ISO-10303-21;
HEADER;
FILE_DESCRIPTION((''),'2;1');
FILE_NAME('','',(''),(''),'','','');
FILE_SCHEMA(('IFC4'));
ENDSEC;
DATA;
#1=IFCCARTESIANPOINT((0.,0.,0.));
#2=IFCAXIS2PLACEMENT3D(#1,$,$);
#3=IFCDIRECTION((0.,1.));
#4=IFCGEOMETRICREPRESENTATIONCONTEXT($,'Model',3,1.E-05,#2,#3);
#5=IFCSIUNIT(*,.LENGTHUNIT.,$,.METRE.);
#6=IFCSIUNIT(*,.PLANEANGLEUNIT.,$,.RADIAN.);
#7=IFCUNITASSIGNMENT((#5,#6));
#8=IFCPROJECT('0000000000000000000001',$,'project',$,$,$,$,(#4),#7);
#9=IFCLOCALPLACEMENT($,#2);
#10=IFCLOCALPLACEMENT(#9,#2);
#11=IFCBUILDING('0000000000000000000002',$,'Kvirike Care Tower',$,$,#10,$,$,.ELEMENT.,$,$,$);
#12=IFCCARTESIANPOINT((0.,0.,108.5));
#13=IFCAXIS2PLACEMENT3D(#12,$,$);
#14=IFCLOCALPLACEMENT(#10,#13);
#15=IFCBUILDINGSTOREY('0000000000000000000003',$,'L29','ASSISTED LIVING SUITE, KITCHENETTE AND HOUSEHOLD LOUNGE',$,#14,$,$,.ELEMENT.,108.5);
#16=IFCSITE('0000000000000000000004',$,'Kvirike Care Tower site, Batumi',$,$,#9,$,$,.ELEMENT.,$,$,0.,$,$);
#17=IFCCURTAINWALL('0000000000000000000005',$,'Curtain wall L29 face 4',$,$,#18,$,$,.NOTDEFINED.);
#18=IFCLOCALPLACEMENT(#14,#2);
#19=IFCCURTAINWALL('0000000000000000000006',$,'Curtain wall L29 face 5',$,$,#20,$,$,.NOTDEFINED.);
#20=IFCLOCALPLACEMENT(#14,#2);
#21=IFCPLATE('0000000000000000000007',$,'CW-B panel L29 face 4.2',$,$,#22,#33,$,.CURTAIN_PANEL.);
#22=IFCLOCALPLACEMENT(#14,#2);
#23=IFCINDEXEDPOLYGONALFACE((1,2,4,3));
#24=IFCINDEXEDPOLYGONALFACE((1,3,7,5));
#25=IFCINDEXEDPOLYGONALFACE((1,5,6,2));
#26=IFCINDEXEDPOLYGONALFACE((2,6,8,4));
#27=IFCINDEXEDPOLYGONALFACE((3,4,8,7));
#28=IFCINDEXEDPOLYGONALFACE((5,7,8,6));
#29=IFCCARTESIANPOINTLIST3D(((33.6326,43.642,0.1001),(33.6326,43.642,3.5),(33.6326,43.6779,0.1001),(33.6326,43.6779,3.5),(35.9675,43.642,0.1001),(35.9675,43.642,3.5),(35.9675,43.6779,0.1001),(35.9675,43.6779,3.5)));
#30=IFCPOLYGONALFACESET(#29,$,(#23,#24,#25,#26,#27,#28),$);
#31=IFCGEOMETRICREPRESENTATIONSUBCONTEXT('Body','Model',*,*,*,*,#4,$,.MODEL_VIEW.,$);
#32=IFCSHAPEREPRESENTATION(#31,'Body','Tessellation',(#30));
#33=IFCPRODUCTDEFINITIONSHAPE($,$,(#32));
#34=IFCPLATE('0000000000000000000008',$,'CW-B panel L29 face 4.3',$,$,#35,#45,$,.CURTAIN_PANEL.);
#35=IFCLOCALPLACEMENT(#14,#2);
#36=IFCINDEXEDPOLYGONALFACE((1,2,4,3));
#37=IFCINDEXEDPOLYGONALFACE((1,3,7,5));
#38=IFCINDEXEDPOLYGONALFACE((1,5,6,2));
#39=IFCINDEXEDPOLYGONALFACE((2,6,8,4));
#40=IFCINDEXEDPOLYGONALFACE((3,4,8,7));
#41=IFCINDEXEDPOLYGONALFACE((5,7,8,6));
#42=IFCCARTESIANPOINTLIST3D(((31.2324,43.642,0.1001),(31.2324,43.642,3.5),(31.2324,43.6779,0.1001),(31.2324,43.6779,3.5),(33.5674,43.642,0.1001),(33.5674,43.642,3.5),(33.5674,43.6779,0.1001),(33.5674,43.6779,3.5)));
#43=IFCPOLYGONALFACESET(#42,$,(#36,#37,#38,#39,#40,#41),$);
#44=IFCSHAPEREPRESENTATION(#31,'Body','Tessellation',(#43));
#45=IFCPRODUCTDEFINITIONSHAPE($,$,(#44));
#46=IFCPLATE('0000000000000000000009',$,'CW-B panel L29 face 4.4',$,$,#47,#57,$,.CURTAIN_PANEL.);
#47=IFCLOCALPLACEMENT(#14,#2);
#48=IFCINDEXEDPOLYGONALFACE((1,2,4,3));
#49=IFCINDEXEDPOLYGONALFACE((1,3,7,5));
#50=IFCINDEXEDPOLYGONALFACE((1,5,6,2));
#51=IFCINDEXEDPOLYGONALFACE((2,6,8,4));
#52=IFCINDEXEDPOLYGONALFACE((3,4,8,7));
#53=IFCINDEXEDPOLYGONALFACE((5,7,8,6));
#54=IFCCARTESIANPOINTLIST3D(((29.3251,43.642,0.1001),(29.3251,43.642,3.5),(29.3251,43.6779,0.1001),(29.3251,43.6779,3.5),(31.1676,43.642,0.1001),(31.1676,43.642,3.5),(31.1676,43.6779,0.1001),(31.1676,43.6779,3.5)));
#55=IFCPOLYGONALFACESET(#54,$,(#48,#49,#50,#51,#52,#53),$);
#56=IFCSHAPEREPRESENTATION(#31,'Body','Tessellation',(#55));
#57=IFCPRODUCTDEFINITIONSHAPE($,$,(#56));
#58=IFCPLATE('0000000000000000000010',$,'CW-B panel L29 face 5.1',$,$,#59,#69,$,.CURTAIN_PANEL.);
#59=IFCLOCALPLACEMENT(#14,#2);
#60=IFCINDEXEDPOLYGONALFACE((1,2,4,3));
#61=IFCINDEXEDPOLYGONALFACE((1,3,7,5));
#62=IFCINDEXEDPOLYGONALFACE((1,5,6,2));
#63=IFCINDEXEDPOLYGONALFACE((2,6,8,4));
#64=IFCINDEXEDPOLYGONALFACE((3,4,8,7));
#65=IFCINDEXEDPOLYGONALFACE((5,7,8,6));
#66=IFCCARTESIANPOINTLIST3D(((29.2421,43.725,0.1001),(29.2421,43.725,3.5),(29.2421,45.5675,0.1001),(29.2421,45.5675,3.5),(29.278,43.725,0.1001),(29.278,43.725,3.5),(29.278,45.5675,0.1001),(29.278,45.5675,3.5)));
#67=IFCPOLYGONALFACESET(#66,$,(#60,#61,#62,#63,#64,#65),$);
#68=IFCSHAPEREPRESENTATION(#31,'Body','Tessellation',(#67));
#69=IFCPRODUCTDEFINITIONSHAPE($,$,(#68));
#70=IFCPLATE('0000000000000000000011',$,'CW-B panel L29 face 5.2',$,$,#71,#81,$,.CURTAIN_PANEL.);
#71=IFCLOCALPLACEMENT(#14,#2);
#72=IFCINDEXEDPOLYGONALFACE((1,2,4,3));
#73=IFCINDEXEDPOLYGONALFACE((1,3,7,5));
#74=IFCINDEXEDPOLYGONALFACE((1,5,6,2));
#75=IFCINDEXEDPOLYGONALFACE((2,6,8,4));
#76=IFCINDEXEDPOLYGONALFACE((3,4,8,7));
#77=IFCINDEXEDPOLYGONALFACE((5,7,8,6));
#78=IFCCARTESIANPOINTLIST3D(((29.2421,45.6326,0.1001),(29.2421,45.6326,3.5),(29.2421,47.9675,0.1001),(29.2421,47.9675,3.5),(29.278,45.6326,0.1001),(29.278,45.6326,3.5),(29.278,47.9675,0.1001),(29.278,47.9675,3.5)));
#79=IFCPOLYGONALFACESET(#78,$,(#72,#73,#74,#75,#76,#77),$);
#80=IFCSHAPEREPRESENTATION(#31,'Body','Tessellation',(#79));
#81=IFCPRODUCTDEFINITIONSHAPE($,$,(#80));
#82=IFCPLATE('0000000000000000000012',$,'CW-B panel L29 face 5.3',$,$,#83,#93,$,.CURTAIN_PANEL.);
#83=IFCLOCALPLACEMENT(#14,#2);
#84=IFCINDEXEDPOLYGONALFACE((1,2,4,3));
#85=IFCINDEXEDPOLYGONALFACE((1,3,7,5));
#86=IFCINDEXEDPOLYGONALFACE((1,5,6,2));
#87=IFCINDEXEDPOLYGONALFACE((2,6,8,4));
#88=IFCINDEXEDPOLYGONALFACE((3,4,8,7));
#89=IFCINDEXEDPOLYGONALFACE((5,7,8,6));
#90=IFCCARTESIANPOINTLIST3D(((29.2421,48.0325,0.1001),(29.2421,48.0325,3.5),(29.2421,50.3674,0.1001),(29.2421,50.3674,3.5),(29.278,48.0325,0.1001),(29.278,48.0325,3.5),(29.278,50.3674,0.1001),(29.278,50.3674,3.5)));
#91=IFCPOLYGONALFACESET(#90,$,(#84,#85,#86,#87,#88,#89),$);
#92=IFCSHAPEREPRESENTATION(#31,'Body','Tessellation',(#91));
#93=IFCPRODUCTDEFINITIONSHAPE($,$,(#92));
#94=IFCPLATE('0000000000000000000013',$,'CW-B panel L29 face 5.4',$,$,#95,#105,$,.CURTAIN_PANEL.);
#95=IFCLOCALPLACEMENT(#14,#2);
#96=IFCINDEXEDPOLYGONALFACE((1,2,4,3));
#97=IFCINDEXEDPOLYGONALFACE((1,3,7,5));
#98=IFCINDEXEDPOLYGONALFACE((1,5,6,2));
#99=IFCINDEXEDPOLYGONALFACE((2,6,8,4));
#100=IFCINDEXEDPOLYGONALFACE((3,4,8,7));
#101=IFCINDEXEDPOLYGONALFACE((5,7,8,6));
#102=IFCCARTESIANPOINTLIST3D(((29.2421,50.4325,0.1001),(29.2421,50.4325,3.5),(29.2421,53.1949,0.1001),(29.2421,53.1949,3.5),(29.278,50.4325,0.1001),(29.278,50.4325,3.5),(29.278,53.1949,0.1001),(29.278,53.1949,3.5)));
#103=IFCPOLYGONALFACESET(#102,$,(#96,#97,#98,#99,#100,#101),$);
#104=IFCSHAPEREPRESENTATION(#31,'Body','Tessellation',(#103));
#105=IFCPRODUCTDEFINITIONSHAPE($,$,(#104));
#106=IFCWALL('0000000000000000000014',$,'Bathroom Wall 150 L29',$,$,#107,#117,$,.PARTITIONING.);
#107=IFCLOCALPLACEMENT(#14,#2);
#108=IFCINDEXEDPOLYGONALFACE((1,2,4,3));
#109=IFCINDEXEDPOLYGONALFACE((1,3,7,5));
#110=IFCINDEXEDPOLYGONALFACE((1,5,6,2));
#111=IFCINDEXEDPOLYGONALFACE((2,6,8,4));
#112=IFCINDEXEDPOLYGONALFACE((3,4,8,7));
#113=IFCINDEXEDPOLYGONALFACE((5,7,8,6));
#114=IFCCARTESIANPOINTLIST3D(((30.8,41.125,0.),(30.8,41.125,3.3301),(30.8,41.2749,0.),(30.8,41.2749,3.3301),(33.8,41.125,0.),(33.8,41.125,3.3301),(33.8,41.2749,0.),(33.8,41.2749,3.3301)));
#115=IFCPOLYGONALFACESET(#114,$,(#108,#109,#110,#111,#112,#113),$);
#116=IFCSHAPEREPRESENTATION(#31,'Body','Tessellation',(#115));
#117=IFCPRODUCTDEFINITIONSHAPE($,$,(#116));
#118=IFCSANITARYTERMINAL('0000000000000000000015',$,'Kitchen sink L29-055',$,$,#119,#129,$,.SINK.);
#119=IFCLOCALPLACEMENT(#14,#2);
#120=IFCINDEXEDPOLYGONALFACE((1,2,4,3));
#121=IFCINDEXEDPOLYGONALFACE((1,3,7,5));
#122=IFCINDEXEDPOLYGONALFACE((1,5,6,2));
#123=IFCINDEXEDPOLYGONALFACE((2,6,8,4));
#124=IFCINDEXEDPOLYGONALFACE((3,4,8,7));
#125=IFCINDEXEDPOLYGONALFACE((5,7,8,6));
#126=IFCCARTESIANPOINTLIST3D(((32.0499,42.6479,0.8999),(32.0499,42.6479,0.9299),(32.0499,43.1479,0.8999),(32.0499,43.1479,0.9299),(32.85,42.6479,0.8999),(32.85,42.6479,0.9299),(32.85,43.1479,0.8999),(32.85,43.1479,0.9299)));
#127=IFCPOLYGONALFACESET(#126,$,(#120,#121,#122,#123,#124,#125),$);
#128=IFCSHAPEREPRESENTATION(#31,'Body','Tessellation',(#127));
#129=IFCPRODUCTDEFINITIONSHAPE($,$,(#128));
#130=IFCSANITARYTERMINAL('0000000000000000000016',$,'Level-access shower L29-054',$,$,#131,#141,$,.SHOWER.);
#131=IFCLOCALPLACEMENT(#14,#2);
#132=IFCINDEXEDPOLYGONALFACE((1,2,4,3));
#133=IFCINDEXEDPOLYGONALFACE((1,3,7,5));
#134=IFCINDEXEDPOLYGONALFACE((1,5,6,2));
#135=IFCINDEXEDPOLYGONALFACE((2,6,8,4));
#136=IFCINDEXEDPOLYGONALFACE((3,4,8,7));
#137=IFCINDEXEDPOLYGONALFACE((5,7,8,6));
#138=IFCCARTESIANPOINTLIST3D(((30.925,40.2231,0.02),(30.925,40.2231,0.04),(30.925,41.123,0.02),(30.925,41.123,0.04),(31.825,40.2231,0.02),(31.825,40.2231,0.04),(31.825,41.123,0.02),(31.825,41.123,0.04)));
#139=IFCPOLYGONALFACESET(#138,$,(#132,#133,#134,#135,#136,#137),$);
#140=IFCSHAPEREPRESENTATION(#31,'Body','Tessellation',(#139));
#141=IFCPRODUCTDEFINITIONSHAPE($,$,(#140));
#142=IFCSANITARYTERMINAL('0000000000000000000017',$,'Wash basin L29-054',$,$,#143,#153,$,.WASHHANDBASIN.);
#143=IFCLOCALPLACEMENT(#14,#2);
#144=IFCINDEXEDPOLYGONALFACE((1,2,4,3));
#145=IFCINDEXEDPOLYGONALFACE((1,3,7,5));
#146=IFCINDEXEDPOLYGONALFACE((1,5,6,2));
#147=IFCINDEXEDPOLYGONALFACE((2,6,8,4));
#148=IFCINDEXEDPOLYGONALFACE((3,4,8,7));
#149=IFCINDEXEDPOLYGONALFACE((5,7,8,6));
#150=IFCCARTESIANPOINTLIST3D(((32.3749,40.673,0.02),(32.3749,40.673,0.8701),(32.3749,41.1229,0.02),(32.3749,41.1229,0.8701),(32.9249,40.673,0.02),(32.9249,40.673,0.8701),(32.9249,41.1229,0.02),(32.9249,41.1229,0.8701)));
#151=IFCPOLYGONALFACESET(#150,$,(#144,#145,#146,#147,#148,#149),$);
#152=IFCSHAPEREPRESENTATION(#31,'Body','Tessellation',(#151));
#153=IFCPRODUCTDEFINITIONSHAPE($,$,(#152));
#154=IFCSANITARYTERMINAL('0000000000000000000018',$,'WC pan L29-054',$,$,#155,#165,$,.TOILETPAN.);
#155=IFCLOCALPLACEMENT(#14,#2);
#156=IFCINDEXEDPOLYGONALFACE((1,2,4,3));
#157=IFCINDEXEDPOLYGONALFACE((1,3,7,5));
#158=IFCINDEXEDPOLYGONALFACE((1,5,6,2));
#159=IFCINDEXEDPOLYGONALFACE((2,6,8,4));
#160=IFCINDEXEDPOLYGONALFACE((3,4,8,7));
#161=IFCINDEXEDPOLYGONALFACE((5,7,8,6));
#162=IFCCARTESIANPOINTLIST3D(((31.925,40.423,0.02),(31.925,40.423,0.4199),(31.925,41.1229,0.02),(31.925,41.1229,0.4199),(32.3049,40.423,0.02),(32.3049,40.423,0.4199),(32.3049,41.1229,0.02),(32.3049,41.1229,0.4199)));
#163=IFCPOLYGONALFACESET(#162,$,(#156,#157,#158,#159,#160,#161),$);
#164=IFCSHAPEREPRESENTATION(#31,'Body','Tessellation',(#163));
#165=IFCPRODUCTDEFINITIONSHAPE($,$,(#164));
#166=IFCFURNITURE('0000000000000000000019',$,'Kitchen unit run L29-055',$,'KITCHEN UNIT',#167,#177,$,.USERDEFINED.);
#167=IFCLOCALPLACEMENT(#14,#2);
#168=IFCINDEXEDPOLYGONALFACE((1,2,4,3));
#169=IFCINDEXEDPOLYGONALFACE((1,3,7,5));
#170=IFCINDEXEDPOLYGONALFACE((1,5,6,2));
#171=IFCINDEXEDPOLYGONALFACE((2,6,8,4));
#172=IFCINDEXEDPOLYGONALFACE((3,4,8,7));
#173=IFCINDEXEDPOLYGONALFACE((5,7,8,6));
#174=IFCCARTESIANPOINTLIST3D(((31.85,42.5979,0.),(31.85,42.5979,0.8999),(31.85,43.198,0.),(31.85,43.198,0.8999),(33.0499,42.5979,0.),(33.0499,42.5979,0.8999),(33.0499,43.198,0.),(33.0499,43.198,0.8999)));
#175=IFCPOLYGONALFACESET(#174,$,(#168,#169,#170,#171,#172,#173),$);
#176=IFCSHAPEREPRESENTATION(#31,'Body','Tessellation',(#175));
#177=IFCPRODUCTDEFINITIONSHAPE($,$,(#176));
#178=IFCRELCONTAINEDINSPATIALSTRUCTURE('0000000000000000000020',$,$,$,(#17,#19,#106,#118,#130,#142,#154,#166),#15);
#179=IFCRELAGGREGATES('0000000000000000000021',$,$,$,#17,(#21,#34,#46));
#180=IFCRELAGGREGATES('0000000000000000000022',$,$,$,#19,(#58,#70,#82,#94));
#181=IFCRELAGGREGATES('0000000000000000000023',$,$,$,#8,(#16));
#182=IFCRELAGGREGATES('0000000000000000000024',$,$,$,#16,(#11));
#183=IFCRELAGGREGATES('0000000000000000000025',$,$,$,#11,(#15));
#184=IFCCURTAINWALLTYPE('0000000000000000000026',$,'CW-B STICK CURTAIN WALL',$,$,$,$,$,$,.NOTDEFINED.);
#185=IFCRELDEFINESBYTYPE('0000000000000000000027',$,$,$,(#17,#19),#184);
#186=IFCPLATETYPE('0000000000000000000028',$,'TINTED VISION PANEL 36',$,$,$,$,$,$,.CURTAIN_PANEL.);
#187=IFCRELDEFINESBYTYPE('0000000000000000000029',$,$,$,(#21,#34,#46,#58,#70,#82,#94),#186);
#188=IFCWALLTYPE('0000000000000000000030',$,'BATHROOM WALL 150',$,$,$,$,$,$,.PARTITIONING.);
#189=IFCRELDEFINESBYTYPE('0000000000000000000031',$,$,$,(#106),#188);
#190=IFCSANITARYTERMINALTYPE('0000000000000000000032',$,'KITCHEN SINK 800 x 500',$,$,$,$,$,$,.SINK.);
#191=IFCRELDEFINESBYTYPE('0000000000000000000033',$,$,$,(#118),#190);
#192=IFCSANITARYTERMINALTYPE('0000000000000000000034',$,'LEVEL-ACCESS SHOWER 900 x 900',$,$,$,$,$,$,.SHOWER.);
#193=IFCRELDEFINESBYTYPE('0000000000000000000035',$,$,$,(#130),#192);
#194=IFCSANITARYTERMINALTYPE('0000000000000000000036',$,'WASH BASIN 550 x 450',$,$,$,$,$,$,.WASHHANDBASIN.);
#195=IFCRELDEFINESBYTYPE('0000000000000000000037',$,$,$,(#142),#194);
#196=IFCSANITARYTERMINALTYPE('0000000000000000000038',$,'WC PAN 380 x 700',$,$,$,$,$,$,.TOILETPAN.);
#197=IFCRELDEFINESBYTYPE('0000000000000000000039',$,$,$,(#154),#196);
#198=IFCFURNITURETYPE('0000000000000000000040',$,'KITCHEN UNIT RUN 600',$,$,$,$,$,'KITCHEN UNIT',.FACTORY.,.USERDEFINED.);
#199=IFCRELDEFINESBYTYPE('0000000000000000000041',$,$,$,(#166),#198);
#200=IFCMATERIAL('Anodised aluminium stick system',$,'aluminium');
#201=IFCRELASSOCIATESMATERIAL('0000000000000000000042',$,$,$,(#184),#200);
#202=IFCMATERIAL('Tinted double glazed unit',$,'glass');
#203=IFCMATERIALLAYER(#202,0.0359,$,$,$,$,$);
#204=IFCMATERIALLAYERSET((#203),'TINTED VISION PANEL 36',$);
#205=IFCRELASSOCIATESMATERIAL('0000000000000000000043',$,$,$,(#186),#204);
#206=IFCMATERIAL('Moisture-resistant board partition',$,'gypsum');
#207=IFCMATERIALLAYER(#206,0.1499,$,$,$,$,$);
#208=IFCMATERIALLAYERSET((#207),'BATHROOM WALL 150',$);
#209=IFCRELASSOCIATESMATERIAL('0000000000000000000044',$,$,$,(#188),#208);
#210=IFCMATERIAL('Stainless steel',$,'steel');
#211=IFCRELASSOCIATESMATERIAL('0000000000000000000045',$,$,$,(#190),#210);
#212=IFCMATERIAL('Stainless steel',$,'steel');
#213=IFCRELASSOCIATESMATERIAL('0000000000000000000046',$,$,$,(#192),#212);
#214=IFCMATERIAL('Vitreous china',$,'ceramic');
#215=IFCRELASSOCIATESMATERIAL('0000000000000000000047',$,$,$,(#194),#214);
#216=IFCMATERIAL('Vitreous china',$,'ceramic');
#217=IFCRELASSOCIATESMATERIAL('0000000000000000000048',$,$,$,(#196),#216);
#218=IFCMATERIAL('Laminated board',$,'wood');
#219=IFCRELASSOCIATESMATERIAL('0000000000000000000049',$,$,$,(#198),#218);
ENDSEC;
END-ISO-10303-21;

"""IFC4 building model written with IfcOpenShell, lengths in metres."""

from ifc_helpers import new_model, si_unit, direction, frame, frame_2d, origin, origin_2d, place, context, subcontext, project, spatial, rectangle, extrude, material, layer, layer_set, type_object, element, aggregate, save


model = new_model("IFC4")

# Units and contexts
model_context = context("Model", 3, precision=1e-05, world=origin(), true_north=direction((0.0, 1.0)))
body_context = subcontext(model_context, "Body", "Model", "MODEL_VIEW")
ifc_project = project(units=[si_unit("LENGTHUNIT", "METRE"), si_unit("PLANEANGLEUNIT", "RADIAN")], contexts=[model_context])

# Site, building, storey
site_placement = place(None, origin())
site = spatial("IfcSite", under=ifc_project, at=site_placement, Name="Kvirike Care Tower site, Batumi", CompositionType="ELEMENT", RefElevation=0.0)
building_placement = place(site_placement, origin())
building = spatial("IfcBuilding", under=site, at=building_placement, Name="Kvirike Care Tower", CompositionType="ELEMENT")
storey_placement = place(building_placement, frame((0.0, 0.0, 108.5)))
storey = spatial("IfcBuildingStorey", under=building, at=storey_placement, Name="L29", Description="ASSISTED LIVING SUITE, KITCHENETTE AND HOUSEHOLD LOUNGE", CompositionType="ELEMENT", Elevation=108.5)

# Curtain walls
ifc_material_1 = material(Name="Anodised aluminium stick system", Category="aluminium")
curtain_wall_type = type_object("IfcCurtainWallType", Name="CW-B STICK CURTAIN WALL", PredefinedType="NOTDEFINED", material=ifc_material_1)
curtain_wall_1_placement = place(storey_placement, origin())
curtain_wall_1 = element("IfcCurtainWall", 1, at=curtain_wall_1_placement, inside=storey, type_object=curtain_wall_type, Name="Curtain wall L29 face 4", PredefinedType="NOTDEFINED")
curtain_wall_2_placement = place(storey_placement, origin())
curtain_wall_2 = element("IfcCurtainWall", 2, at=curtain_wall_2_placement, inside=storey, type_object=curtain_wall_type, Name="Curtain wall L29 face 5", PredefinedType="NOTDEFINED")

# Plates
ifc_material_2 = material(Name="Tinted double glazed unit", Category="glass")
ifc_layer_1 = layer(ifc_material_2, 0.0359)
ifc_layer_set_1 = layer_set([ifc_layer_1], Name="TINTED VISION PANEL 36")
plate_type = type_object("IfcPlateType", Name="TINTED VISION PANEL 36", PredefinedType="CURTAIN_PANEL", material=ifc_layer_set_1)
plate_1_placement = place(storey_placement, frame((34.8, 43.6599, 0.1001), z_axis=(0.0, 0.0, 1.0), x_axis=(-1.0, 0.0, 0.0)))
plate_1 = element("IfcPlate", 3, at=plate_1_placement, type_object=plate_type, Name="CW-B panel L29 face 4.2", PredefinedType="CURTAIN_PANEL", context=body_context, shape_type="SweptSolid", body=[
    extrude(rectangle(XDim=2.335, YDim=0.0359, at=origin_2d()), origin(), (0.0, 0.0, 1.0), 3.3999),
])
plate_2_placement = place(storey_placement, frame((32.3999, 43.6599, 0.1001), z_axis=(0.0, 0.0, 1.0), x_axis=(-1.0, 0.0, 0.0)))
plate_2 = element("IfcPlate", 4, at=plate_2_placement, type_object=plate_type, Name="CW-B panel L29 face 4.3", PredefinedType="CURTAIN_PANEL", context=body_context, shape_type="SweptSolid", body=[
    extrude(rectangle(XDim=2.335, YDim=0.0359, at=origin_2d()), origin(), (0.0, 0.0, 1.0), 3.3999),
])
plate_3_placement = place(storey_placement, frame((30.2463, 43.6599, 0.1001), z_axis=(0.0, 0.0, 1.0), x_axis=(-1.0, 0.0, 0.0)))
plate_3 = element("IfcPlate", 5, at=plate_3_placement, type_object=plate_type, Name="CW-B panel L29 face 4.4", PredefinedType="CURTAIN_PANEL", context=body_context, shape_type="SweptSolid", body=[
    extrude(rectangle(XDim=1.8425, YDim=0.0359, at=origin_2d()), origin(), (0.0, 0.0, 1.0), 3.3999),
])
aggregate(curtain_wall_1, [plate_1, plate_2, plate_3])
plate_4_placement = place(storey_placement, frame((29.26, 44.6462, 0.1001), z_axis=(0.0, 0.0, 1.0), x_axis=(0.0, 1.0, 0.0)))
plate_4 = element("IfcPlate", 6, at=plate_4_placement, type_object=plate_type, Name="CW-B panel L29 face 5.1", PredefinedType="CURTAIN_PANEL", context=body_context, shape_type="SweptSolid", body=[
    extrude(rectangle(XDim=1.8425, YDim=0.0359, at=origin_2d()), origin(), (0.0, 0.0, 1.0), 3.3999),
])
plate_5_placement = place(storey_placement, frame((29.26, 46.8, 0.1001), z_axis=(0.0, 0.0, 1.0), x_axis=(0.0, 1.0, 0.0)))
plate_5 = element("IfcPlate", 7, at=plate_5_placement, type_object=plate_type, Name="CW-B panel L29 face 5.2", PredefinedType="CURTAIN_PANEL", context=body_context, shape_type="SweptSolid", body=[
    extrude(rectangle(XDim=2.335, YDim=0.0359, at=origin_2d()), origin(), (0.0, 0.0, 1.0), 3.3999),
])
plate_6_placement = place(storey_placement, frame((29.26, 49.2, 0.1001), z_axis=(0.0, 0.0, 1.0), x_axis=(0.0, 1.0, 0.0)))
plate_6 = element("IfcPlate", 8, at=plate_6_placement, type_object=plate_type, Name="CW-B panel L29 face 5.3", PredefinedType="CURTAIN_PANEL", context=body_context, shape_type="SweptSolid", body=[
    extrude(rectangle(XDim=2.335, YDim=0.0359, at=origin_2d()), origin(), (0.0, 0.0, 1.0), 3.3999),
])
plate_7_placement = place(storey_placement, frame((29.26, 51.8137, 0.1001), z_axis=(0.0, 0.0, 1.0), x_axis=(0.0, 1.0, 0.0)))
plate_7 = element("IfcPlate", 9, at=plate_7_placement, type_object=plate_type, Name="CW-B panel L29 face 5.4", PredefinedType="CURTAIN_PANEL", context=body_context, shape_type="SweptSolid", body=[
    extrude(rectangle(XDim=2.7625, YDim=0.0359, at=origin_2d()), origin(), (0.0, 0.0, 1.0), 3.3999),
])
aggregate(curtain_wall_2, [plate_4, plate_5, plate_6, plate_7])

# Wall
ifc_material_3 = material(Name="Moisture-resistant board partition", Category="gypsum")
ifc_layer_2 = layer(ifc_material_3, 0.1499)
ifc_layer_set_2 = layer_set([ifc_layer_2], Name="BATHROOM WALL 150")
wall_type = type_object("IfcWallType", Name="BATHROOM WALL 150", PredefinedType="PARTITIONING", material=ifc_layer_set_2)
wall_placement = place(storey_placement, frame((33.8, 41.2, 0.0), z_axis=(0.0, 0.0, 1.0), x_axis=(-1.0, 0.0, 0.0)))
element("IfcWall", 10, at=wall_placement, inside=storey, type_object=wall_type, Name="Bathroom Wall 150 L29", PredefinedType="PARTITIONING", context=body_context, shape_type="SweptSolid", body=[
    extrude(rectangle(XDim=3.0, YDim=0.1499, at=frame_2d((1.5, 0.0))), origin(), (0.0, 0.0, 1.0), 3.3301),
])

# Sanitary terminals
ifc_material_4 = material(Name="Stainless steel", Category="steel")
sanitary_terminal_type_1 = type_object("IfcSanitaryTerminalType", Name="KITCHEN SINK 800 x 500", PredefinedType="SINK", material=ifc_material_4)
sanitary_terminal_1_placement = place(storey_placement, frame((32.45, 42.8979, 0.8999), z_axis=(0.0, 0.0, 1.0), x_axis=(1.0, 0.0, 0.0)))
element("IfcSanitaryTerminal", 11, at=sanitary_terminal_1_placement, inside=storey, type_object=sanitary_terminal_type_1, Name="Kitchen sink L29-055", PredefinedType="SINK", context=body_context, shape_type="SweptSolid", body=[
    extrude(rectangle(XDim=0.8, YDim=0.5, at=origin_2d()), origin(), (0.0, 0.0, 1.0), 0.03),
])
ifc_material_5 = material(Name="Stainless steel", Category="steel")
sanitary_terminal_type_2 = type_object("IfcSanitaryTerminalType", Name="LEVEL-ACCESS SHOWER 900 x 900", PredefinedType="SHOWER", material=ifc_material_5)
sanitary_terminal_2_placement = place(storey_placement, frame((31.375, 40.6731, 0.02), z_axis=(0.0, 0.0, 1.0), x_axis=(1.0, 0.0, 0.0)))
element("IfcSanitaryTerminal", 12, at=sanitary_terminal_2_placement, inside=storey, type_object=sanitary_terminal_type_2, Name="Level-access shower L29-054", PredefinedType="SHOWER", context=body_context, shape_type="SweptSolid", body=[
    extrude(rectangle(XDim=0.8999, YDim=0.8999, at=origin_2d()), origin(), (0.0, 0.0, 1.0), 0.02),
])
ifc_material_6 = material(Name="Vitreous china", Category="ceramic")
sanitary_terminal_type_3 = type_object("IfcSanitaryTerminalType", Name="WASH BASIN 550 x 450", PredefinedType="WASHHANDBASIN", material=ifc_material_6)
sanitary_terminal_3_placement = place(storey_placement, frame((32.6499, 40.8979, 0.02), z_axis=(0.0, 0.0, 1.0), x_axis=(1.0, 0.0, 0.0)))
element("IfcSanitaryTerminal", 13, at=sanitary_terminal_3_placement, inside=storey, type_object=sanitary_terminal_type_3, Name="Wash basin L29-054", PredefinedType="WASHHANDBASIN", context=body_context, shape_type="SweptSolid", body=[
    extrude(rectangle(XDim=0.55, YDim=0.45, at=origin_2d()), origin(), (0.0, 0.0, 1.0), 0.8501),
])
ifc_material_7 = material(Name="Vitreous china", Category="ceramic")
sanitary_terminal_type_4 = type_object("IfcSanitaryTerminalType", Name="WC PAN 380 x 700", PredefinedType="TOILETPAN", material=ifc_material_7)
sanitary_terminal_4_placement = place(storey_placement, frame((32.115, 40.7729, 0.02), z_axis=(0.0, 0.0, 1.0), x_axis=(1.0, 0.0, 0.0)))
element("IfcSanitaryTerminal", 14, at=sanitary_terminal_4_placement, inside=storey, type_object=sanitary_terminal_type_4, Name="WC pan L29-054", PredefinedType="TOILETPAN", context=body_context, shape_type="SweptSolid", body=[
    extrude(rectangle(XDim=0.3799, YDim=0.7, at=origin_2d()), origin(), (0.0, 0.0, 1.0), 0.3999),
])

# Furniture
ifc_material_8 = material(Name="Laminated board", Category="wood")
furniture_type = type_object("IfcFurnitureType", Name="KITCHEN UNIT RUN 600", ElementType="KITCHEN UNIT", AssemblyPlace="FACTORY", PredefinedType="USERDEFINED", material=ifc_material_8)
furniture_placement = place(storey_placement, frame((32.45, 42.8979, 0.0), z_axis=(0.0, 0.0, 1.0), x_axis=(1.0, 0.0, 0.0)))
element("IfcFurniture", 15, at=furniture_placement, inside=storey, type_object=furniture_type, Name="Kitchen unit run L29-055", ObjectType="KITCHEN UNIT", PredefinedType="USERDEFINED", context=body_context, shape_type="SweptSolid", body=[
    extrude(rectangle(XDim=1.2, YDim=0.6001, at=origin_2d()), origin(), (0.0, 0.0, 1.0), 0.8999),
])

save(model, "model.ifc")
